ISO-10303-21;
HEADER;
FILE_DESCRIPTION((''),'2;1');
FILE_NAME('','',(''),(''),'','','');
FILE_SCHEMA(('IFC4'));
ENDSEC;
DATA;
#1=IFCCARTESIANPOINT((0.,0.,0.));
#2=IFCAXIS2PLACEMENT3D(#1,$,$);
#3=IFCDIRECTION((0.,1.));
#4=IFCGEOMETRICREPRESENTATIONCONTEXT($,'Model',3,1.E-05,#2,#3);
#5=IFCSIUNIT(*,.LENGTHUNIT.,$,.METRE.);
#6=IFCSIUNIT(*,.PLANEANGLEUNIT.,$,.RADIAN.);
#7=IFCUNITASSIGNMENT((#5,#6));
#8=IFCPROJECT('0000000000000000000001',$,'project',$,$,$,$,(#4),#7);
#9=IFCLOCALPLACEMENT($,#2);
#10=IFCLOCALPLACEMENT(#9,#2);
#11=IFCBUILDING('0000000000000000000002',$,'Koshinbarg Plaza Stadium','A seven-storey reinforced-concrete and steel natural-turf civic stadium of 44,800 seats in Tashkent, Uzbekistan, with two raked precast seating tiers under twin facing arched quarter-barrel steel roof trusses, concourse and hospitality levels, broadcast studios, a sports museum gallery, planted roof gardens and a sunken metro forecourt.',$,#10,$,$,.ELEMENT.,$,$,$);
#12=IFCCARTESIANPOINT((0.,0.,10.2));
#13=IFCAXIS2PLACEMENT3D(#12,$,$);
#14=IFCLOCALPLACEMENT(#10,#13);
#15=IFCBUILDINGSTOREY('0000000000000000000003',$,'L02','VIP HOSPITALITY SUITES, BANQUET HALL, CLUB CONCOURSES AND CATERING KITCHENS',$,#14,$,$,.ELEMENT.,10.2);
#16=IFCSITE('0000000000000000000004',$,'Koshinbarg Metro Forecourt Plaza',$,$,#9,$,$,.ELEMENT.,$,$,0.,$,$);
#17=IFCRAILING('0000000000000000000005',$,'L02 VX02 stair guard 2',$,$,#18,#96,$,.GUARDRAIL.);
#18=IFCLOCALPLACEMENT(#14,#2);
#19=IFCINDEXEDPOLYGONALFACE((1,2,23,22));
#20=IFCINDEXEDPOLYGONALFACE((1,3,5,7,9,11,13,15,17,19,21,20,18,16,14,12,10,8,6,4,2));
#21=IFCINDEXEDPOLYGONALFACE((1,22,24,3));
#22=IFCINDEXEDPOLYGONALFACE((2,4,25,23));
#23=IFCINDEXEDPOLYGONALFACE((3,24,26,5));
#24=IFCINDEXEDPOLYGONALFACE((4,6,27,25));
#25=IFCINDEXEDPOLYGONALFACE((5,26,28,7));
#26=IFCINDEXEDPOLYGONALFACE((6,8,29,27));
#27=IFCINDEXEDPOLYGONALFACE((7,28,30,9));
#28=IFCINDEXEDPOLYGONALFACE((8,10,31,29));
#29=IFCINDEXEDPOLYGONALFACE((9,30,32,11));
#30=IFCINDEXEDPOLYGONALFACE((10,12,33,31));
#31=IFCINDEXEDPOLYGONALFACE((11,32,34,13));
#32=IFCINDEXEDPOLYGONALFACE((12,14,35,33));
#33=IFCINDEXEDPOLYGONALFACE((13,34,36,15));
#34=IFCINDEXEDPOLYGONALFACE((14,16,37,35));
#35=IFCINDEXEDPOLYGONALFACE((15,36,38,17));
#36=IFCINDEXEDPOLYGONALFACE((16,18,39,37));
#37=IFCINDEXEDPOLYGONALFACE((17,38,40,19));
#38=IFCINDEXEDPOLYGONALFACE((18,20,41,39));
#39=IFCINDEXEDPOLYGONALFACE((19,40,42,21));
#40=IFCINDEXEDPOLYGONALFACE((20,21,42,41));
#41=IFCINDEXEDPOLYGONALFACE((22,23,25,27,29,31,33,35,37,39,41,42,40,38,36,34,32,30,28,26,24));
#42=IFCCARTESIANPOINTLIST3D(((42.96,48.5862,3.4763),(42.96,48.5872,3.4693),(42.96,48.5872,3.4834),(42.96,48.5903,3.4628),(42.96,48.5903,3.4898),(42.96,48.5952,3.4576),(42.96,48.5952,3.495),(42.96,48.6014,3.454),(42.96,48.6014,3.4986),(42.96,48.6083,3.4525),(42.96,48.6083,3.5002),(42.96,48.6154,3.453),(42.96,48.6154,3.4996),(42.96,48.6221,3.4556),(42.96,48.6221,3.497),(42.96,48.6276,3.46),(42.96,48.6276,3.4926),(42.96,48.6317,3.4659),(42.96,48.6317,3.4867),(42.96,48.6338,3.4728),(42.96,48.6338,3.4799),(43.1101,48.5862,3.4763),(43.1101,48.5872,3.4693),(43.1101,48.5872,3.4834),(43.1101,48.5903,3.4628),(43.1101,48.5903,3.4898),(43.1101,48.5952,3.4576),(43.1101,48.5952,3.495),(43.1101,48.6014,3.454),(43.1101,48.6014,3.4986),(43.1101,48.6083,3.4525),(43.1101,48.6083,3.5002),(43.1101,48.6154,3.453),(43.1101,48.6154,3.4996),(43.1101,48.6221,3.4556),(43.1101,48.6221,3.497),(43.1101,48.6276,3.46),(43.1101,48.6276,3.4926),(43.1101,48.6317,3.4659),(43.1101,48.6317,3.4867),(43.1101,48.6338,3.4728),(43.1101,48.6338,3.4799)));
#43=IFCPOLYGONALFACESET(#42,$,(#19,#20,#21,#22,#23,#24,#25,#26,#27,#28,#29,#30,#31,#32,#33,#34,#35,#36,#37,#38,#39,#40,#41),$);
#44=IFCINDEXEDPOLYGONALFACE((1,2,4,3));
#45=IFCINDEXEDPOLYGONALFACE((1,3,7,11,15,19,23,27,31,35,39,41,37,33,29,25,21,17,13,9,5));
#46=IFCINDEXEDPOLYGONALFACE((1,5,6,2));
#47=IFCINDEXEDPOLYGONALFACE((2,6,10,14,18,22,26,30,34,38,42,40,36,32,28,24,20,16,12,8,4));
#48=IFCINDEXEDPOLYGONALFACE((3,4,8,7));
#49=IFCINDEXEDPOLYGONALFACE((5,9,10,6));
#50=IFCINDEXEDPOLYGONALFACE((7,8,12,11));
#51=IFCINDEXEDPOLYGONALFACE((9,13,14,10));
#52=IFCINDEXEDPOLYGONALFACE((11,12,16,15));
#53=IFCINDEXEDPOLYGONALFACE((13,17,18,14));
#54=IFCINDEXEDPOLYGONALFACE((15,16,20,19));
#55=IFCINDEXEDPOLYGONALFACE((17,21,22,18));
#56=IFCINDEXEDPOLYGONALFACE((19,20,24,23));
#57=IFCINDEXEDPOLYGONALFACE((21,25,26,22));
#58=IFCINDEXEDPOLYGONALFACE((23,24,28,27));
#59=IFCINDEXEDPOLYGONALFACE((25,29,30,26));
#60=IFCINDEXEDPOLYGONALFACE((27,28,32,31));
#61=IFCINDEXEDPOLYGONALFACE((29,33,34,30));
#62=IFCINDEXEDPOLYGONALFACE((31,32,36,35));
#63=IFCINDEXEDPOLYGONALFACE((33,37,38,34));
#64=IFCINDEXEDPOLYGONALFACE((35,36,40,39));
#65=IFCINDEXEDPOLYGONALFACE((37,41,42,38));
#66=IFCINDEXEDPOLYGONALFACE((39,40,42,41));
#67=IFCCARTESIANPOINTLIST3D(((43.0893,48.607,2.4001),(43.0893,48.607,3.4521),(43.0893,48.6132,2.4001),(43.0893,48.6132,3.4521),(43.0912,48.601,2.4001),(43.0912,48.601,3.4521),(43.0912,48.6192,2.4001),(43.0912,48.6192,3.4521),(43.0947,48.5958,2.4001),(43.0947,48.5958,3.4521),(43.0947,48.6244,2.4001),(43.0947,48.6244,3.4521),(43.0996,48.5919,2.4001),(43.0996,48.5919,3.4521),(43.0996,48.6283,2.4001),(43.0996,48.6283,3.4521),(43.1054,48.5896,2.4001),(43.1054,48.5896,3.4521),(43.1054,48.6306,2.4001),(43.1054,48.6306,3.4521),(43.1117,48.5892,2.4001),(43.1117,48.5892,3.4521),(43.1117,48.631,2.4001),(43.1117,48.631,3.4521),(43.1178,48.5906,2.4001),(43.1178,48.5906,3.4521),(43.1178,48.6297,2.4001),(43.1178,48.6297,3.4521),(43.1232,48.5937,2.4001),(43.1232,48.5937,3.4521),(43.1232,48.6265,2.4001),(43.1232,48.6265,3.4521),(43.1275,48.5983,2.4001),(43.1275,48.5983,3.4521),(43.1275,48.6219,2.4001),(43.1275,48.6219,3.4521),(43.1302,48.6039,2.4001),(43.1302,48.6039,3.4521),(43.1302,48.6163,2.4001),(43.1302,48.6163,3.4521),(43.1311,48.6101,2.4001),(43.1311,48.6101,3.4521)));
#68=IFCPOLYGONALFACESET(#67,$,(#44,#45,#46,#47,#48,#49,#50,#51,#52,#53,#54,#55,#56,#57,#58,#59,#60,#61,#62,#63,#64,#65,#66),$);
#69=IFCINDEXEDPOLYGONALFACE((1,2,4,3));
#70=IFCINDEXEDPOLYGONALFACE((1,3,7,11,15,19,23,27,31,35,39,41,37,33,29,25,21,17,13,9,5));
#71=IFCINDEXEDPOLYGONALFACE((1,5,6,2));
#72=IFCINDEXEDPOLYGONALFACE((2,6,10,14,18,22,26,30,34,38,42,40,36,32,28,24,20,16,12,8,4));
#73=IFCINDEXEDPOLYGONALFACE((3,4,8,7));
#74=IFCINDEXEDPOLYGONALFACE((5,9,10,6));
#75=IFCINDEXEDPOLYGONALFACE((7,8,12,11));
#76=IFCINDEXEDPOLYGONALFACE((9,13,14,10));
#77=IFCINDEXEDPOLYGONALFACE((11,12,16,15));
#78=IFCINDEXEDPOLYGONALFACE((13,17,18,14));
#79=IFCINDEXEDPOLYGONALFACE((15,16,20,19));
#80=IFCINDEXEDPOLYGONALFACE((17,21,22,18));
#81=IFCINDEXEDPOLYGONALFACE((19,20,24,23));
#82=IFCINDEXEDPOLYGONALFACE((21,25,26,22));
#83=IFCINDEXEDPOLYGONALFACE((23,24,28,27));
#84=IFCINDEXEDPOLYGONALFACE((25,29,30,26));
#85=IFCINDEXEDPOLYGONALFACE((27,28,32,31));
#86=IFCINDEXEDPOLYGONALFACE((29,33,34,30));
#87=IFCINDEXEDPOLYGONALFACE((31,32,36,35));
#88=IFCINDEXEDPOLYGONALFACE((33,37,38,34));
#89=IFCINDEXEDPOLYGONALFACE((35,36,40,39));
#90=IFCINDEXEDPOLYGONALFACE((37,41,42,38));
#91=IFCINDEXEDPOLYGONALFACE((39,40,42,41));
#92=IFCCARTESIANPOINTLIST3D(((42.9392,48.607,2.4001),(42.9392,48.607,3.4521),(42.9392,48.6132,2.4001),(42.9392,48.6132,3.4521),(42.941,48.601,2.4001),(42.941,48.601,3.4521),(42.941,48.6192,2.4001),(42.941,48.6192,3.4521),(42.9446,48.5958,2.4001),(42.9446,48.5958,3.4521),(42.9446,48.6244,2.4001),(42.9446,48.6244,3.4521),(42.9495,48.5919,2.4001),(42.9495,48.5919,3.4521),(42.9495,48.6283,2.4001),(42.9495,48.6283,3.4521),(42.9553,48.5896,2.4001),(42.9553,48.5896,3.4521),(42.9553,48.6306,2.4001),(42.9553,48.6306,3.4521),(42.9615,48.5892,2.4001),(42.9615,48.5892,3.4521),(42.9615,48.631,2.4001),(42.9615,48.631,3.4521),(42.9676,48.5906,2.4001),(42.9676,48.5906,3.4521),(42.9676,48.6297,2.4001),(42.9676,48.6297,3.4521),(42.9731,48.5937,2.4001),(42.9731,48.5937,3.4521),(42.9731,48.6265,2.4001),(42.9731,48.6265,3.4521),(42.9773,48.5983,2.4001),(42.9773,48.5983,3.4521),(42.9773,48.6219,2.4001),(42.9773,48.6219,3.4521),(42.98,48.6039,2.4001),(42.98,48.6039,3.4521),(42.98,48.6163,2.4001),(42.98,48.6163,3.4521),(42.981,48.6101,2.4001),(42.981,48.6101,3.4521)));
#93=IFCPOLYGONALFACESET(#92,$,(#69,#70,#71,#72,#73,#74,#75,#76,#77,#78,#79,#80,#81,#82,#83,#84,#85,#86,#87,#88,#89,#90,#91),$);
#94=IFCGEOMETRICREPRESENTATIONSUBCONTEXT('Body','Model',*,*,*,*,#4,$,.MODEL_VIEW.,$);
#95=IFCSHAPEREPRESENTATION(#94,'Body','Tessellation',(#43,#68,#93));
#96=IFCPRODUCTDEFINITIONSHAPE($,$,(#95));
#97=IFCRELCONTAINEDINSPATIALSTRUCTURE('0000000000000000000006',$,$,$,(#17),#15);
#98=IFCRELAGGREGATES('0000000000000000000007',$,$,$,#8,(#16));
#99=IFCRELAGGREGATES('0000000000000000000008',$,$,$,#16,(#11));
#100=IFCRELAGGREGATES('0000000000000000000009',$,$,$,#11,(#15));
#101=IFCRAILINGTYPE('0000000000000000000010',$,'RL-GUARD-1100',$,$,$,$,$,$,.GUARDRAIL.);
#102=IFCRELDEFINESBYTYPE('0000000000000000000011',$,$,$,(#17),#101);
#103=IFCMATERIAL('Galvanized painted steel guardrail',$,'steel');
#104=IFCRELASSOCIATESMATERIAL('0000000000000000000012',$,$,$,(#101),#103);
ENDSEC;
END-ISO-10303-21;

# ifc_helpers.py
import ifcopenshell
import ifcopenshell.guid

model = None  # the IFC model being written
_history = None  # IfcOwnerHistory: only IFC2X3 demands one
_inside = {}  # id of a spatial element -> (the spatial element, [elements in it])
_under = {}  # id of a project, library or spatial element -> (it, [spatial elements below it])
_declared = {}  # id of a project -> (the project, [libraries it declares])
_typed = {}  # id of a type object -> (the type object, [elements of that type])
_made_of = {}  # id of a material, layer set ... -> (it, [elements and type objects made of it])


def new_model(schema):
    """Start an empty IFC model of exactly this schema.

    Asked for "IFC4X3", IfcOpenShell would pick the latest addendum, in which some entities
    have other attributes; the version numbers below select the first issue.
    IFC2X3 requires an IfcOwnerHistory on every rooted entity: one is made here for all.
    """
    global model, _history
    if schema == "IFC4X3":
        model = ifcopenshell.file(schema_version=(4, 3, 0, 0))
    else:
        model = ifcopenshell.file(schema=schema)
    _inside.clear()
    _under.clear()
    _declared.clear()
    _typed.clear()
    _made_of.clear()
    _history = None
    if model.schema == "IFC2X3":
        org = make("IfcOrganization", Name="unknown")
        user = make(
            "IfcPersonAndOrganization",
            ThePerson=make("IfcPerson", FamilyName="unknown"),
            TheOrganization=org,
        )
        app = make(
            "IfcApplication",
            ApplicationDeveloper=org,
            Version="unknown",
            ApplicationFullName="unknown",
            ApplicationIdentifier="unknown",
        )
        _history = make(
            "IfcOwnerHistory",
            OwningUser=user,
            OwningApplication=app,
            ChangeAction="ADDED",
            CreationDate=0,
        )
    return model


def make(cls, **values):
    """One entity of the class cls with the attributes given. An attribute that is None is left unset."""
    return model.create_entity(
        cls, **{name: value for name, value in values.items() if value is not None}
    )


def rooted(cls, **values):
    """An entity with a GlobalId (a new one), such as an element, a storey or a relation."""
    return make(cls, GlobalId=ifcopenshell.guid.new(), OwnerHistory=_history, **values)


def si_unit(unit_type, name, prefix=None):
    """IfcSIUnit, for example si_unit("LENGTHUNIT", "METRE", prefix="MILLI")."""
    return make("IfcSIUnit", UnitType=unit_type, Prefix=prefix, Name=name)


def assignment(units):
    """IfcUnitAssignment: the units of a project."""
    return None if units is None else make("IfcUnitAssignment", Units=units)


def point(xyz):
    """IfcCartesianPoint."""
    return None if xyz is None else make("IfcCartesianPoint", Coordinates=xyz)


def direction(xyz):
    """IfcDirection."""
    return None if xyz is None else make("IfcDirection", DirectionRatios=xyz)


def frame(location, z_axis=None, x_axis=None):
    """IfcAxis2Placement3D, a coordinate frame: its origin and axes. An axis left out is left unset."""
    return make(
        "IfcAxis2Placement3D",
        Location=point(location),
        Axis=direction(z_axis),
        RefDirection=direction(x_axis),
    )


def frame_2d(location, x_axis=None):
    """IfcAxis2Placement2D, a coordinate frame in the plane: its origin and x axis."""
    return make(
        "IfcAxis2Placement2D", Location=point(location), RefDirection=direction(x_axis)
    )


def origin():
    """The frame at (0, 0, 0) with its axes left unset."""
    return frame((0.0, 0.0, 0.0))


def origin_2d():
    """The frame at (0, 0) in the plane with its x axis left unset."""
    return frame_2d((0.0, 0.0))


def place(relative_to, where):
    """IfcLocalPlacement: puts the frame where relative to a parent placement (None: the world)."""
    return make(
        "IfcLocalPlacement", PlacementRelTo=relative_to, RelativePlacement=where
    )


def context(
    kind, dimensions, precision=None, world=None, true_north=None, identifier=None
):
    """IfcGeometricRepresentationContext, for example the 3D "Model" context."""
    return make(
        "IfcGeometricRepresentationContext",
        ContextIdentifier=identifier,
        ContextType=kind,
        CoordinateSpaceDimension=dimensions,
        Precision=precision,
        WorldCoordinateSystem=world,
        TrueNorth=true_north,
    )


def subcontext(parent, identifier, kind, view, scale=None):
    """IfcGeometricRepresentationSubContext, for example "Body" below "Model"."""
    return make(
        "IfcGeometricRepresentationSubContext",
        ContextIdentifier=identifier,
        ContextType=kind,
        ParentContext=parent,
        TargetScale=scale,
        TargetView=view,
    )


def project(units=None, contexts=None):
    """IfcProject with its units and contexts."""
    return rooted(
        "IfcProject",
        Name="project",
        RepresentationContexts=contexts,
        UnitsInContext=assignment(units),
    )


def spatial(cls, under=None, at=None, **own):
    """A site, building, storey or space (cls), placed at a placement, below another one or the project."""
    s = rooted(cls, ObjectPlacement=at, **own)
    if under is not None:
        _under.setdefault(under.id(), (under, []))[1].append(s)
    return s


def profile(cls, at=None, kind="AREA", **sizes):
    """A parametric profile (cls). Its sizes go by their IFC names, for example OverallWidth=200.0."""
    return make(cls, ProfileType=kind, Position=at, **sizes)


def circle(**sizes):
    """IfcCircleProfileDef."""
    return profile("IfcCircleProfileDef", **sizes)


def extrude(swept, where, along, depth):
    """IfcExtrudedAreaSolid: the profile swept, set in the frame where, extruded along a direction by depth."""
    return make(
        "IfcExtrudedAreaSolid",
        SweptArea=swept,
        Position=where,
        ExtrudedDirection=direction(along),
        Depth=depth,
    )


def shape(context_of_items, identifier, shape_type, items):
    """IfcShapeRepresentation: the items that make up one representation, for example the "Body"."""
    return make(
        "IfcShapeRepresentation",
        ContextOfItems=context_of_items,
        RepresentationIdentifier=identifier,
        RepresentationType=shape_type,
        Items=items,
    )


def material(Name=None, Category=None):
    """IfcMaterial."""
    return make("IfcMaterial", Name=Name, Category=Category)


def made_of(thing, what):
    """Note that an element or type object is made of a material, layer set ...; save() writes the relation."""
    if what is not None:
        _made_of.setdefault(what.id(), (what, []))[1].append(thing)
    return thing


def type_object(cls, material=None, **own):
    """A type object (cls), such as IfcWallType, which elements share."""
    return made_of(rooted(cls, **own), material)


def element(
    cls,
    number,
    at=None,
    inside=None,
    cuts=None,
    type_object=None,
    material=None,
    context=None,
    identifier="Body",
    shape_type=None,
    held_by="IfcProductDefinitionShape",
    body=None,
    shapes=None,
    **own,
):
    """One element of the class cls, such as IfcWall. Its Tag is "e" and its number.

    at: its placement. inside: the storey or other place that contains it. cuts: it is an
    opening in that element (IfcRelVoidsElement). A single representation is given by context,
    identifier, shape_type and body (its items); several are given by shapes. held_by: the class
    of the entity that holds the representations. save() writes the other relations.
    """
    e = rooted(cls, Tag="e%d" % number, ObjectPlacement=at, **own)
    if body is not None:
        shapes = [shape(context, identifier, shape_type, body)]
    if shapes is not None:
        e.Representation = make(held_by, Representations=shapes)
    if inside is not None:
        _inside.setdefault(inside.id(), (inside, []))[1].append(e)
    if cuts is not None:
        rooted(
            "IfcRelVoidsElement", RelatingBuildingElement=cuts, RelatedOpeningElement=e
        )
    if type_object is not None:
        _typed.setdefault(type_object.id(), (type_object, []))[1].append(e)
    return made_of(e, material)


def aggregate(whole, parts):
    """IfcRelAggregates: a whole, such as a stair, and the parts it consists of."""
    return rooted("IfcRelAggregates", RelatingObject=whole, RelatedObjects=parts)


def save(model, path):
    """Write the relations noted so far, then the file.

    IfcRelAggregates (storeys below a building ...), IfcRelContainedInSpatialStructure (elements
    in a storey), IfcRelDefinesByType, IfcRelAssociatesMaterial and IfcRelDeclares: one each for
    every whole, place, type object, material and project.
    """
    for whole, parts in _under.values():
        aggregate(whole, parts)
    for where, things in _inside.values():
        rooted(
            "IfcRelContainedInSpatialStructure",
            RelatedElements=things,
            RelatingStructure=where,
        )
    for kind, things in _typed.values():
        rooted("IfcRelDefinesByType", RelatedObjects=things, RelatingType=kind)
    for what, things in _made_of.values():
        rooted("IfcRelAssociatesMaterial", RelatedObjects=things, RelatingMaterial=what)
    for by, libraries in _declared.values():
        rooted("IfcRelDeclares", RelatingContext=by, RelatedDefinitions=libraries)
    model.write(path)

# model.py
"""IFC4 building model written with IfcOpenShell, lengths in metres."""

from ifc_helpers import new_model, si_unit, direction, frame, origin, origin_2d, place, context, subcontext, project, spatial, circle, extrude, material, type_object, element, save


model = new_model("IFC4")

# Units and contexts
model_context = context("Model", 3, precision=1e-05, world=origin(), true_north=direction((0.0, 1.0)))
body_context = subcontext(model_context, "Body", "Model", "MODEL_VIEW")
ifc_project = project(units=[si_unit("LENGTHUNIT", "METRE"), si_unit("PLANEANGLEUNIT", "RADIAN")], contexts=[model_context])

# Site, building, storey
site_placement = place(None, origin())
site = spatial("IfcSite", under=ifc_project, at=site_placement, Name="Koshinbarg Metro Forecourt Plaza", CompositionType="ELEMENT", RefElevation=0.0)
building_placement = place(site_placement, origin())
building = spatial("IfcBuilding", under=site, at=building_placement, Name="Koshinbarg Plaza Stadium", Description="A seven-storey reinforced-concrete and steel natural-turf civic stadium of 44,800 seats in Tashkent, Uzbekistan, with two raked precast seating tiers under twin facing arched quarter-barrel steel roof trusses, concourse and hospitality levels, broadcast studios, a sports museum gallery, planted roof gardens and a sunken metro forecourt.", CompositionType="ELEMENT")
storey_placement = place(building_placement, frame((0.0, 0.0, 10.2)))
storey = spatial("IfcBuildingStorey", under=building, at=storey_placement, Name="L02", Description="VIP HOSPITALITY SUITES, BANQUET HALL, CLUB CONCOURSES AND CATERING KITCHENS", CompositionType="ELEMENT", Elevation=10.2)

# Railing
ifc_material_1 = material(Name="Galvanized painted steel guardrail", Category="steel")
railing_type_1 = type_object("IfcRailingType", Name="RL-GUARD-1100", PredefinedType="GUARDRAIL", material=ifc_material_1)
railing_1_placement = place(storey_placement, frame((43.1101, 48.6101, 2.4001)))
element("IfcRailing", 1, at=railing_1_placement, inside=storey, type_object=railing_type_1, Name="L02 VX02 stair guard 2", PredefinedType="GUARDRAIL", context=body_context, shape_type="SweptSolid", body=[
    extrude(circle(Radius=0.0239, at=origin_2d()), frame((0.0, 0.0, 1.0762), z_axis=(-1.0, 0.0, 0.0), x_axis=(0.0, -1.0, 0.0)), (0.0, 0.0, 1.0), 0.1501),
    extrude(circle(Radius=0.021, at=origin_2d()), origin(), (0.0, 0.0, 1.0), 1.052),
    extrude(circle(Radius=0.021, at=origin_2d()), frame((-0.1501, 0.0, 0.0)), (0.0, 0.0, 1.0), 1.052),
])

save(model, "model.ifc")
